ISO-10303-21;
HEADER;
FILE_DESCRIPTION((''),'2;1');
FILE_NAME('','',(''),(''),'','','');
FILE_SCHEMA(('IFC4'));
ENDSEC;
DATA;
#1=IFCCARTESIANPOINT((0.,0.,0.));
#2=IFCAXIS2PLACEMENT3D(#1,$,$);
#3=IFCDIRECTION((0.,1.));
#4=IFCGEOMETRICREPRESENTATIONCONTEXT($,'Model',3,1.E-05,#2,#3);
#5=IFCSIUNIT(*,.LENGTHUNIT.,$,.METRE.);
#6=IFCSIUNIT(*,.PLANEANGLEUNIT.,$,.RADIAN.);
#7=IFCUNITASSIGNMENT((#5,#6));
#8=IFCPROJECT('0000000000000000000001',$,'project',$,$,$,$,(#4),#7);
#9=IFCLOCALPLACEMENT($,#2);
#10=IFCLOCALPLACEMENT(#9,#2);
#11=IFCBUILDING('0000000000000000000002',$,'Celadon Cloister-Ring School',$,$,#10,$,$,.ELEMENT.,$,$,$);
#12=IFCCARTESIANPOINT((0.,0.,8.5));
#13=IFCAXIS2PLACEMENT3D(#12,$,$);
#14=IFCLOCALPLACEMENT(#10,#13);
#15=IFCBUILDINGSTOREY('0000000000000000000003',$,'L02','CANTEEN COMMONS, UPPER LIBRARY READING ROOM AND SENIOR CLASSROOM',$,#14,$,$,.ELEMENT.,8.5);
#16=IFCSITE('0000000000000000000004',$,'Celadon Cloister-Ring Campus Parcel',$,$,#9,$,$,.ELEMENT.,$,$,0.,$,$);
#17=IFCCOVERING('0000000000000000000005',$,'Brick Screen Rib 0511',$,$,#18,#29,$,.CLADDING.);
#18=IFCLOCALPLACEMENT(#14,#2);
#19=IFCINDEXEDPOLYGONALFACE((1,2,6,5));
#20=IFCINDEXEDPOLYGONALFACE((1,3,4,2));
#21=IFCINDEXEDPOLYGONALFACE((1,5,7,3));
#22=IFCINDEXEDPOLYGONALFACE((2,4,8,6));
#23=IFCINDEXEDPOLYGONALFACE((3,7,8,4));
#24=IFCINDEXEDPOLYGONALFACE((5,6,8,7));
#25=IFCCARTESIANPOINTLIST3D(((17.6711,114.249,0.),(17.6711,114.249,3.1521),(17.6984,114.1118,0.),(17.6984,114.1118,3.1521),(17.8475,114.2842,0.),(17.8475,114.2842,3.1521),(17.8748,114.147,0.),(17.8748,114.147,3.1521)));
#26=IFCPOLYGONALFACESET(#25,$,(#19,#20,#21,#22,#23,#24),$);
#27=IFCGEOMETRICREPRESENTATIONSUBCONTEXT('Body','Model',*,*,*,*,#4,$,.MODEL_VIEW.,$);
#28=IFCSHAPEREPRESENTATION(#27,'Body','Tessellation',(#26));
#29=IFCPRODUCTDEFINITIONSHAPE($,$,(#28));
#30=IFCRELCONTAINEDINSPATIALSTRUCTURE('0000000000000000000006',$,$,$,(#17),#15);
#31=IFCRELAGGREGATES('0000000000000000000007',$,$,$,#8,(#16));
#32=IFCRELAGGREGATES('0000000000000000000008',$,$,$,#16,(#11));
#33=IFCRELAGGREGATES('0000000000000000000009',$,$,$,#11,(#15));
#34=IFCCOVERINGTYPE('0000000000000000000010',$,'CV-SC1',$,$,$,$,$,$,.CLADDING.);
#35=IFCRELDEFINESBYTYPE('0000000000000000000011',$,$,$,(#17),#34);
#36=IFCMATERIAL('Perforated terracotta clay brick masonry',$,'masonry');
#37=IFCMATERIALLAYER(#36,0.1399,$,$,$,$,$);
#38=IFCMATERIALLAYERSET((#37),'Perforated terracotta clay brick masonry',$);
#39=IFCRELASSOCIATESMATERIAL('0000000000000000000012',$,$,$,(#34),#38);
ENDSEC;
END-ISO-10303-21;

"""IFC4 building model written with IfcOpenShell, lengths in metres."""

from ifc_helpers import new_model, si_unit, direction, frame, origin, origin_2d, place, context, subcontext, project, spatial, rectangle, extrude, material, layer, layer_set, type_object, element, save


model = new_model("IFC4")

# Units and contexts
model_context = context("Model", 3, precision=1e-05, world=origin(), true_north=direction((0.0, 1.0)))
body_context = subcontext(model_context, "Body", "Model", "MODEL_VIEW")
ifc_project = project(units=[si_unit("LENGTHUNIT", "METRE"), si_unit("PLANEANGLEUNIT", "RADIAN")], contexts=[model_context])

# Site, building, storey
site_placement = place(None, origin())
site = spatial("IfcSite", under=ifc_project, at=site_placement, Name="Celadon Cloister-Ring Campus Parcel", CompositionType="ELEMENT", RefElevation=0.0)
building_placement = place(site_placement, origin())
building = spatial("IfcBuilding", under=site, at=building_placement, Name="Celadon Cloister-Ring School", CompositionType="ELEMENT")
storey_placement = place(building_placement, frame((0.0, 0.0, 8.5)))
storey = spatial("IfcBuildingStorey", under=building, at=storey_placement, Name="L02", Description="CANTEEN COMMONS, UPPER LIBRARY READING ROOM AND SENIOR CLASSROOM", CompositionType="ELEMENT", Elevation=8.5)

# Covering
ifc_material_1 = material(Name="Perforated terracotta clay brick masonry", Category="masonry")
ifc_layer_1 = layer(ifc_material_1, 0.1399)
ifc_layer_set_1 = layer_set([ifc_layer_1], Name="Perforated terracotta clay brick masonry")
covering_type = type_object("IfcCoveringType", Name="CV-SC1", PredefinedType="CLADDING", material=ifc_layer_set_1)
for number, where, z_axis, x_axis, name in (
    (1, (17.7729, 114.198, 0.0), (0.0, 0.0, 1.0), (0.980775, 0.195142, 0.0), "Brick Screen Rib 0511"),
):
    element("IfcCovering", number, at=place(storey_placement, frame(where, z_axis=z_axis, x_axis=x_axis)), inside=storey, type_object=covering_type, Name=name, PredefinedType="CLADDING", context=body_context, shape_type="SweptSolid", body=[
        extrude(rectangle(XDim=0.1799, YDim=0.1399, at=origin_2d()), origin(), (0.0, 0.0, 1.0), 3.1521),
    ])

save(model, "model.ifc")
